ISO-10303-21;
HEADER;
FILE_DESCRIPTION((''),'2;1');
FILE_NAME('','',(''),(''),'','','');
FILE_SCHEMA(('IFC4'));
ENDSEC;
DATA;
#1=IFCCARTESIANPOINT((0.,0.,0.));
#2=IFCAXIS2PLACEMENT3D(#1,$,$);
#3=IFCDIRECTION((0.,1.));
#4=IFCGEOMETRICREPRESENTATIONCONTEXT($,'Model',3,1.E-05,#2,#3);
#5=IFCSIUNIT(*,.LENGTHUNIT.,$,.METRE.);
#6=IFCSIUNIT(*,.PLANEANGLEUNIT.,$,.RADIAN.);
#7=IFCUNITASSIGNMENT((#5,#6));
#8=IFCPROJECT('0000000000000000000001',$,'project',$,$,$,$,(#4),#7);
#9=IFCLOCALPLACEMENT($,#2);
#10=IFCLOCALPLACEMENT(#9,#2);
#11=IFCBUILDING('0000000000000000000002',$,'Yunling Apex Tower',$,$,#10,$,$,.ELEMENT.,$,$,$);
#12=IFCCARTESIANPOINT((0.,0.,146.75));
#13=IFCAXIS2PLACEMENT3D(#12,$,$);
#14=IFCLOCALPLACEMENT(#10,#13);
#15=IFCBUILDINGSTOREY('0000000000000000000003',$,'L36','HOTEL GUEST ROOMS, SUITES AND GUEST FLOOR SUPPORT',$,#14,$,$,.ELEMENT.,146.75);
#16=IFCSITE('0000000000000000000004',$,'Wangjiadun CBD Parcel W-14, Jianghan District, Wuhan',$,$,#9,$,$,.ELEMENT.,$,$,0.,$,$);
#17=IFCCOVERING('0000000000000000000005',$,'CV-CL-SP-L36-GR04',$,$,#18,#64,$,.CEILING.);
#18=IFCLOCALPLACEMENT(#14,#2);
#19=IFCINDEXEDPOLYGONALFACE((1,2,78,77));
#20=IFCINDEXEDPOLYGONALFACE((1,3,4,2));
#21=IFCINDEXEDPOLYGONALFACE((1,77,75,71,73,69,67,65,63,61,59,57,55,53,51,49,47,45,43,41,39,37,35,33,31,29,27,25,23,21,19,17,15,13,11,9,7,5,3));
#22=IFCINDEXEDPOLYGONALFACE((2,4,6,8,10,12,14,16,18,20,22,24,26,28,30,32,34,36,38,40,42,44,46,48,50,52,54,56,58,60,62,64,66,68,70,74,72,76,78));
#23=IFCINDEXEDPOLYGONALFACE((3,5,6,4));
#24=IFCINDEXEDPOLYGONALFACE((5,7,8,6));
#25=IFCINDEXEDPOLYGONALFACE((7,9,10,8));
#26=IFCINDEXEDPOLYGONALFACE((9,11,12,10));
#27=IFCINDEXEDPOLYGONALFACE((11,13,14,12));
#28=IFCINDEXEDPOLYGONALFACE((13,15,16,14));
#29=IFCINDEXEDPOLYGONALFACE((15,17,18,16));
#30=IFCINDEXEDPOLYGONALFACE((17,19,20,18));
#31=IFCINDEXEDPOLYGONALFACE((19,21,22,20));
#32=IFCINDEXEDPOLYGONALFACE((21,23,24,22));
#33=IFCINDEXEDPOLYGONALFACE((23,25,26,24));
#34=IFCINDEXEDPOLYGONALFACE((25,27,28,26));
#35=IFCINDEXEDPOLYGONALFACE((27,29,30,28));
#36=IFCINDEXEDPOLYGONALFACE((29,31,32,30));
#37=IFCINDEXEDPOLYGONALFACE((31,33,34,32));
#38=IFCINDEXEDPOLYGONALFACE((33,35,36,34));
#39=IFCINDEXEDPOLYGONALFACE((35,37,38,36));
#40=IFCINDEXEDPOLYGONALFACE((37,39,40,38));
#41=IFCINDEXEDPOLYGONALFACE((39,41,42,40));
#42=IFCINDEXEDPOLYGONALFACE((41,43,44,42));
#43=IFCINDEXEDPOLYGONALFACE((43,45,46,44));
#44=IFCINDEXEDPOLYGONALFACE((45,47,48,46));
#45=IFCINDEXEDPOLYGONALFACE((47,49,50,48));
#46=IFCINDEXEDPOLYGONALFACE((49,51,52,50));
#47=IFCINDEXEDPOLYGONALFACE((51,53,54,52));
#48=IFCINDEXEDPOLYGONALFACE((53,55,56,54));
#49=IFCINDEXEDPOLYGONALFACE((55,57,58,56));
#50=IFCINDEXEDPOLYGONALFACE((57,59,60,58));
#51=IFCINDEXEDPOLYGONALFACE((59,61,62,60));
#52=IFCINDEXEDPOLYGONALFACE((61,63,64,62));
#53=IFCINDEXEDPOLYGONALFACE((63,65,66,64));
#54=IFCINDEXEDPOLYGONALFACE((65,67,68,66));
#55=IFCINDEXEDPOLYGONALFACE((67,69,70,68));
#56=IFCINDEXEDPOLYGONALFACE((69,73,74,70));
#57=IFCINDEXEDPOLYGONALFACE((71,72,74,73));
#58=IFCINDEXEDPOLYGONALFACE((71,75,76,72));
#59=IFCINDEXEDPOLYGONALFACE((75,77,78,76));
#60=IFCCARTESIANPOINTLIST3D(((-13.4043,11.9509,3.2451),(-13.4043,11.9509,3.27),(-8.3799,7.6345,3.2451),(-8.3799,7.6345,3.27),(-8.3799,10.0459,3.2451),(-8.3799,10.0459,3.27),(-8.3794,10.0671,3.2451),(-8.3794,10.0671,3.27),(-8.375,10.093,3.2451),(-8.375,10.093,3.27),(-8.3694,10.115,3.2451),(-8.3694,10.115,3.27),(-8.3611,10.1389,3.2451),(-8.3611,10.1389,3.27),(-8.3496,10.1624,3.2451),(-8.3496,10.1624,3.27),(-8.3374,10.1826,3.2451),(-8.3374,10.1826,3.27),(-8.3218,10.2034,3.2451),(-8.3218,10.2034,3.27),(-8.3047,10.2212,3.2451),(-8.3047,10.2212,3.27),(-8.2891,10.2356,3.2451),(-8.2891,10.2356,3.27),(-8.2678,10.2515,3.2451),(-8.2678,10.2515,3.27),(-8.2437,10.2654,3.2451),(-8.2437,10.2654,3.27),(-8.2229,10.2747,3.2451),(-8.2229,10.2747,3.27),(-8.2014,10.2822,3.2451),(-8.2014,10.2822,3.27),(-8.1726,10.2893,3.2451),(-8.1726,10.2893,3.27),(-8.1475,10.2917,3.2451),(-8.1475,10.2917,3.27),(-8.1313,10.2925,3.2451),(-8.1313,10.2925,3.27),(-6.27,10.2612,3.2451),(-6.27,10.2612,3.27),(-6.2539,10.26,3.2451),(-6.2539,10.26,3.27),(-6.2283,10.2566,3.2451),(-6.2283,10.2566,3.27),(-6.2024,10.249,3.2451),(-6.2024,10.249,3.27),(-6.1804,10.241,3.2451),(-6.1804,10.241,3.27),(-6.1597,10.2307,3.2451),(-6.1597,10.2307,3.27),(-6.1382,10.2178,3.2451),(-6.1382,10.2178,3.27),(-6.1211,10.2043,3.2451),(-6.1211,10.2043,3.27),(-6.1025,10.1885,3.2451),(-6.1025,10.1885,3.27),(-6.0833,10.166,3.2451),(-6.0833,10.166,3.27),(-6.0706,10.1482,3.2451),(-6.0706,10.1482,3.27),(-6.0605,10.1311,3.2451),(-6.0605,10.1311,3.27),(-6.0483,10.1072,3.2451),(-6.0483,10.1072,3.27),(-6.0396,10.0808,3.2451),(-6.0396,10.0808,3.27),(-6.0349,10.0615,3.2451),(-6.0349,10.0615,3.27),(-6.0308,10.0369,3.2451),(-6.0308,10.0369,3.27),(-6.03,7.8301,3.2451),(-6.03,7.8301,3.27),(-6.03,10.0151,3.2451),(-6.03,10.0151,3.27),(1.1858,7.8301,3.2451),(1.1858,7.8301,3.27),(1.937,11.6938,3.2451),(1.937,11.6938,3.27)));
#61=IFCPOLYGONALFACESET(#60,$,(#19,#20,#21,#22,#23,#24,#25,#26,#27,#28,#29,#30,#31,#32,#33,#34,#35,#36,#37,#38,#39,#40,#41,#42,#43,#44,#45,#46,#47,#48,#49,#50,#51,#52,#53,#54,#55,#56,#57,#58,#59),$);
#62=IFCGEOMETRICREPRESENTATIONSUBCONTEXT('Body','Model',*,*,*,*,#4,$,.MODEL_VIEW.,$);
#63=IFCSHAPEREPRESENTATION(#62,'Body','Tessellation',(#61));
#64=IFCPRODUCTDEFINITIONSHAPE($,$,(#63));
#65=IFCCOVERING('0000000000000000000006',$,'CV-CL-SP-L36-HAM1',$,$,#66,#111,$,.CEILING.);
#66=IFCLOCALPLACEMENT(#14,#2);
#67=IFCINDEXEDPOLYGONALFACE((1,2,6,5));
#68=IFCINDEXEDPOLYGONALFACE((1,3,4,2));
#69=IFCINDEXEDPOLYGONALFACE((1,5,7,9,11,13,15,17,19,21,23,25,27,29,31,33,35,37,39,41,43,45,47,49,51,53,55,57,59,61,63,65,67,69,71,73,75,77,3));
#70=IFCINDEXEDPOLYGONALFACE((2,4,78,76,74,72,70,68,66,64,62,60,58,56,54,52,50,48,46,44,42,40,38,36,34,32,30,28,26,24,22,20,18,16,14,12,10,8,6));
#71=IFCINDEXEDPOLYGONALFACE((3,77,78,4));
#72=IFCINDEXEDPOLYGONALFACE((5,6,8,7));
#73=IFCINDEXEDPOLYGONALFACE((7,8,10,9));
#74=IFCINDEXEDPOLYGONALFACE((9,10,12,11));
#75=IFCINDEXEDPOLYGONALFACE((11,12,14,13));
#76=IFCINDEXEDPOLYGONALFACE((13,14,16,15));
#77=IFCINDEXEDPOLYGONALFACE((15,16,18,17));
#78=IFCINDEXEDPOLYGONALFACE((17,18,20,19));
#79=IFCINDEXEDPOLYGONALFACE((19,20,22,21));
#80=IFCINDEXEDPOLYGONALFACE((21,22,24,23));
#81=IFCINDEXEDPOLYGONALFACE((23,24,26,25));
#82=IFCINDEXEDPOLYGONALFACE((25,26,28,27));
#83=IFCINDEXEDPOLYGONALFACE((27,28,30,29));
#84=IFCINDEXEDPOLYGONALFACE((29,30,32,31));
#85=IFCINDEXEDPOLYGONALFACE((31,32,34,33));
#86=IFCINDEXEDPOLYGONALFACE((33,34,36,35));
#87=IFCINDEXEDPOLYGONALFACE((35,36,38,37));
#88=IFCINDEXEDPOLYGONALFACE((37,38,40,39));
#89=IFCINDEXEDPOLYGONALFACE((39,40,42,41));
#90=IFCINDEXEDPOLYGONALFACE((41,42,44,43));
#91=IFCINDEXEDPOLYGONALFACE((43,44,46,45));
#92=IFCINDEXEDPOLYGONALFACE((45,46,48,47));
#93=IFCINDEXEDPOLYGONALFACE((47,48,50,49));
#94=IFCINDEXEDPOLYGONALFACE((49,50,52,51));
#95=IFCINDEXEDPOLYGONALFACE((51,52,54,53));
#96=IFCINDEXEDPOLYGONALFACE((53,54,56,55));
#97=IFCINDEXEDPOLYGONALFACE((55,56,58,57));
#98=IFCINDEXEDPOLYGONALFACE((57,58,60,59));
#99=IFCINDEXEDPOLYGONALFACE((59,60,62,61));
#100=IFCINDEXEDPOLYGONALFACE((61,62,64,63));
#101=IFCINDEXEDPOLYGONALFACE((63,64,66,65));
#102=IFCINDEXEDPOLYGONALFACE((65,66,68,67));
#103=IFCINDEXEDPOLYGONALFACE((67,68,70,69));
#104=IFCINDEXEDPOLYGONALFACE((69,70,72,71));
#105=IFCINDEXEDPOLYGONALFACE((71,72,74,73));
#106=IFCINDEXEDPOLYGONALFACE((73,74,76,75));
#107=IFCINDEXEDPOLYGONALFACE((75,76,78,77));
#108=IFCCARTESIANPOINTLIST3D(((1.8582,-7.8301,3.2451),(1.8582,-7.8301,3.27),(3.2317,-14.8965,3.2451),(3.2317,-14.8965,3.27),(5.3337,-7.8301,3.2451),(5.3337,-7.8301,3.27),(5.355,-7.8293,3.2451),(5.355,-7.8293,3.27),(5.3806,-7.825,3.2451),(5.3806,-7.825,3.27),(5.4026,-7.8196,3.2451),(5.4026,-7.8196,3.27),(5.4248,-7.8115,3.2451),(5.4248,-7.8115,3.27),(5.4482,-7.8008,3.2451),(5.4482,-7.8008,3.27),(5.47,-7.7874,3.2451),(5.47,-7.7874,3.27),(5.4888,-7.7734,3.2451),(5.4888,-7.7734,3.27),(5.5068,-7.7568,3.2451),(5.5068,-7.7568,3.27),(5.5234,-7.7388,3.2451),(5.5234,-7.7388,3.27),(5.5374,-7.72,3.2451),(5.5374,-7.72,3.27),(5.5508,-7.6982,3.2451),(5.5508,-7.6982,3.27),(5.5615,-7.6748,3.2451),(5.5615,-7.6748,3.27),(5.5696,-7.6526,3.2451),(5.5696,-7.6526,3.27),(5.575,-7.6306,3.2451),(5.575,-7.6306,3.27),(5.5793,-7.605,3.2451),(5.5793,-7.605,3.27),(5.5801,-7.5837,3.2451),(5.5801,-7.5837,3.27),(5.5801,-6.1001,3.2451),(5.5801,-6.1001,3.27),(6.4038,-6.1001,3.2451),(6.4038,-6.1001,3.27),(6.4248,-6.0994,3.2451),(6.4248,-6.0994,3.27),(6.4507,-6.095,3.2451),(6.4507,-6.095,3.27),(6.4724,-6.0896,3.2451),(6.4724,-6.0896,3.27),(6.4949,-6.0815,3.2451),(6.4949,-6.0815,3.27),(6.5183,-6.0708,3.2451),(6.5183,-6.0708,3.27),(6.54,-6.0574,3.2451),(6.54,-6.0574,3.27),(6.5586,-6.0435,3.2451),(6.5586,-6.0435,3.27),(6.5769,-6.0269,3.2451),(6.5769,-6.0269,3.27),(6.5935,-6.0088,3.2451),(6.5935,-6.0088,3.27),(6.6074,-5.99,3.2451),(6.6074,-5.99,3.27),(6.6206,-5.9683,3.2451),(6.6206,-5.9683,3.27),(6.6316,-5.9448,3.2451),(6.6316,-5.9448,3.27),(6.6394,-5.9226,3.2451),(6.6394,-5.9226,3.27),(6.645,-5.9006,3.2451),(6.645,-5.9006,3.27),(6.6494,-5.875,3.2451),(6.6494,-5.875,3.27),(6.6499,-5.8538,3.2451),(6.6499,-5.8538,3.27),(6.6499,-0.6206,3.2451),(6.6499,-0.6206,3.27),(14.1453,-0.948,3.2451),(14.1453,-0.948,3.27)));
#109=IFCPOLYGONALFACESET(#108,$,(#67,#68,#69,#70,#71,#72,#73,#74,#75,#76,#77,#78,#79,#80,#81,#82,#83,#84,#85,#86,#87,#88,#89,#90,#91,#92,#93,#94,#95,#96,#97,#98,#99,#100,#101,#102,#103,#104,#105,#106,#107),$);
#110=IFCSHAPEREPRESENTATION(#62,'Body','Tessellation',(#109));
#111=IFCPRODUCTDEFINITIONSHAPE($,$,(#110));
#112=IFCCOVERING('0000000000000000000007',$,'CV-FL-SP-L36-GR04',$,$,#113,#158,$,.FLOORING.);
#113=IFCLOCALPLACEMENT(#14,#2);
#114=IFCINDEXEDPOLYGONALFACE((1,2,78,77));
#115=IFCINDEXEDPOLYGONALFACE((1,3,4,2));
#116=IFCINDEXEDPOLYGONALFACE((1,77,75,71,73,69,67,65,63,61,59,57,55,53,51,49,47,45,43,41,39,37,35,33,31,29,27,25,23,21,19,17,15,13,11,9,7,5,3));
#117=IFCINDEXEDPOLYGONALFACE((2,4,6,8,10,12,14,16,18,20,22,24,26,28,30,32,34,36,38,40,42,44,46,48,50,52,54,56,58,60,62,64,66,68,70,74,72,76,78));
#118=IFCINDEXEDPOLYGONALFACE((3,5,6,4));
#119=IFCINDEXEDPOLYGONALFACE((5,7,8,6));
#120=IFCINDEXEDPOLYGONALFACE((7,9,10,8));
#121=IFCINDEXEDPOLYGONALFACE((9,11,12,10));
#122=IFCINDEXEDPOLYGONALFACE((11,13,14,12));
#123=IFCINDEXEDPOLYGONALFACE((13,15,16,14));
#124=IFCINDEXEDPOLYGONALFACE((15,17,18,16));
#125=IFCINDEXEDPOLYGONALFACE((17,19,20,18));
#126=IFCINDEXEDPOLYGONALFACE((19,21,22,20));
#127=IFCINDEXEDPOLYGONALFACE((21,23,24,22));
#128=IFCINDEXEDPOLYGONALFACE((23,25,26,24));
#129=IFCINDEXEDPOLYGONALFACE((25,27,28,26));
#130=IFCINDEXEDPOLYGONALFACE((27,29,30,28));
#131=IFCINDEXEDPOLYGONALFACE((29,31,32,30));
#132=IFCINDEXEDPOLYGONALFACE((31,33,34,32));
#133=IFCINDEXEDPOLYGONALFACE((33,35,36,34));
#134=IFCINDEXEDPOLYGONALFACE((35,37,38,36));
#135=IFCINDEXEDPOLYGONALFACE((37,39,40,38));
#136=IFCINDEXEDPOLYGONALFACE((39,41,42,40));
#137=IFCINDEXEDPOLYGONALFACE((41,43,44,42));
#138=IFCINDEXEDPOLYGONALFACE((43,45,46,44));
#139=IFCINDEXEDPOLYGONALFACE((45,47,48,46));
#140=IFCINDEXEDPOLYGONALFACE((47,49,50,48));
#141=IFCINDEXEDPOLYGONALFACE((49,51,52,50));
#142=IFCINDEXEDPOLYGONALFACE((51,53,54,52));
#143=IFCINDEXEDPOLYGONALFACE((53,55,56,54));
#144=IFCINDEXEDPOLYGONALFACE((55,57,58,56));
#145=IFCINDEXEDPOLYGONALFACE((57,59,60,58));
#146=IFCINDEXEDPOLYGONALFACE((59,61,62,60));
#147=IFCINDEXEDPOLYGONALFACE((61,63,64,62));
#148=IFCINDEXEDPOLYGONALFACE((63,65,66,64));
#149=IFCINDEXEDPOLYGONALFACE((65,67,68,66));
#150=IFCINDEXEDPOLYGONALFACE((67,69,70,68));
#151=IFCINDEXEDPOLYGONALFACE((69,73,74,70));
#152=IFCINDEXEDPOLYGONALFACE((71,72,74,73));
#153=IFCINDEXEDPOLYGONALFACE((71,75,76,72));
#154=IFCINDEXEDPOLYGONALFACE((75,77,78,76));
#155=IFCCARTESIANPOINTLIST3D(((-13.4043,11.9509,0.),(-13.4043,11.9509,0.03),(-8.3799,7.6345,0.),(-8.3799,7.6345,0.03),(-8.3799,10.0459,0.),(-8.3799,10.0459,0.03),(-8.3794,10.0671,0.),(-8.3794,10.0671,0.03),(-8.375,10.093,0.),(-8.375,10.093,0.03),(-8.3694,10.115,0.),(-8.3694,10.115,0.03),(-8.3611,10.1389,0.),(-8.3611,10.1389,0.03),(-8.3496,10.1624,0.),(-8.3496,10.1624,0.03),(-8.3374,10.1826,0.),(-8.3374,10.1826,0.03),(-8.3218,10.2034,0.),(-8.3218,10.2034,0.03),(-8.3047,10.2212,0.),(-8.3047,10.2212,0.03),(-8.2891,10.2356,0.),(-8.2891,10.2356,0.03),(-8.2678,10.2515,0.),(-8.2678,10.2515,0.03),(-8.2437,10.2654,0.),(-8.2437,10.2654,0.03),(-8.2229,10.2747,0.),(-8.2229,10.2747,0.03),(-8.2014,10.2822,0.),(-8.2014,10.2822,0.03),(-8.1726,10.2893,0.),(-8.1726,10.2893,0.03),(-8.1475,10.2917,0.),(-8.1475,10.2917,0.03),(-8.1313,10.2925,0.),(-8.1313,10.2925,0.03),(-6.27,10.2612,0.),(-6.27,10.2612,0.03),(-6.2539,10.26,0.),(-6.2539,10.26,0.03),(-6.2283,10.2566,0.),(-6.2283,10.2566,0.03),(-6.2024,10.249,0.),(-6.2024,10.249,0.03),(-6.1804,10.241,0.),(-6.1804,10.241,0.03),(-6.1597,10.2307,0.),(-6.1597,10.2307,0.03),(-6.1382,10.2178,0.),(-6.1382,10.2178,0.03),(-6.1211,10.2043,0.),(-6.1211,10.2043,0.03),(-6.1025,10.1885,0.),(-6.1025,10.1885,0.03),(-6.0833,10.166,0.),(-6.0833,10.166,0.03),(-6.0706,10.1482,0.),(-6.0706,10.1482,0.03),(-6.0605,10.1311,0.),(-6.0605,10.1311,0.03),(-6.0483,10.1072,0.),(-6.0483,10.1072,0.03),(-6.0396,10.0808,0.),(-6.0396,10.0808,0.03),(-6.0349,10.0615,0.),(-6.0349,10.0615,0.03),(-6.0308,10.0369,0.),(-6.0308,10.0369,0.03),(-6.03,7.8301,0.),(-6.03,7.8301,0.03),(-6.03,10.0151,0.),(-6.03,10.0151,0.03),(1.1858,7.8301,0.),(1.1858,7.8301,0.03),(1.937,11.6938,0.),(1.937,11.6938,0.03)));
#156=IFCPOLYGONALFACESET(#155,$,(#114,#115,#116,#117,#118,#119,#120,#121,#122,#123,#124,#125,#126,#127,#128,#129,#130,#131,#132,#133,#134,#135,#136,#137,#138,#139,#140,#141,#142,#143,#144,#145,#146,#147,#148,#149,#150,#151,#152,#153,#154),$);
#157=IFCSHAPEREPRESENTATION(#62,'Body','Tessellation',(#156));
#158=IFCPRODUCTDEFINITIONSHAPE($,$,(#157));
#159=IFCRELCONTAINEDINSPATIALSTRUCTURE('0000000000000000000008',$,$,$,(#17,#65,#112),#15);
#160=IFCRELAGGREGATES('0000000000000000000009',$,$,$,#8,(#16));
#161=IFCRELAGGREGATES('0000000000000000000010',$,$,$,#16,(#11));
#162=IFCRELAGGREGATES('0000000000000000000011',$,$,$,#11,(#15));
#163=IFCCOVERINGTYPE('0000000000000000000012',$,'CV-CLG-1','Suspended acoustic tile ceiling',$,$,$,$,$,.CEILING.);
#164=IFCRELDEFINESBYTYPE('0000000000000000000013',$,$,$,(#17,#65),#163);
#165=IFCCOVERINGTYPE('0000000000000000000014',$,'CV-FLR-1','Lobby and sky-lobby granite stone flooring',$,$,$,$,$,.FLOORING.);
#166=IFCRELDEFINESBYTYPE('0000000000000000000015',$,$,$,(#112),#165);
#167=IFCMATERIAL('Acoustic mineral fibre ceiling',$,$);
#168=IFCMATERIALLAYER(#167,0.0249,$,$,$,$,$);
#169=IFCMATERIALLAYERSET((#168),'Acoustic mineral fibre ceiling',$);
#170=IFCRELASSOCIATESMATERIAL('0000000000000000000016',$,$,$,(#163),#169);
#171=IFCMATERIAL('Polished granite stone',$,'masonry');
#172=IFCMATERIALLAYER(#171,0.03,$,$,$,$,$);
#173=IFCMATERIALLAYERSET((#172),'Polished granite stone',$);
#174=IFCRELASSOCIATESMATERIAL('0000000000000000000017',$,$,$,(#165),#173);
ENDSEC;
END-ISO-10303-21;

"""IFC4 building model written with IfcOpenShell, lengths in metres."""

from ifc_helpers import new_model, si_unit, direction, frame, origin, place, context, subcontext, project, spatial, polyline, outline, extrude, material, layer, layer_set, type_object, element, save


model = new_model("IFC4")

# Units and contexts
model_context = context("Model", 3, precision=1e-05, world=origin(), true_north=direction((0.0, 1.0)))
body_context = subcontext(model_context, "Body", "Model", "MODEL_VIEW")
ifc_project = project(units=[si_unit("LENGTHUNIT", "METRE"), si_unit("PLANEANGLEUNIT", "RADIAN")], contexts=[model_context])

# Site, building, storey
site_placement = place(None, origin())
site = spatial("IfcSite", under=ifc_project, at=site_placement, Name="Wangjiadun CBD Parcel W-14, Jianghan District, Wuhan", CompositionType="ELEMENT", RefElevation=0.0)
building_placement = place(site_placement, origin())
building = spatial("IfcBuilding", under=site, at=building_placement, Name="Yunling Apex Tower", CompositionType="ELEMENT")
storey_placement = place(building_placement, frame((0.0, 0.0, 146.75)))
storey = spatial("IfcBuildingStorey", under=building, at=storey_placement, Name="L36", Description="HOTEL GUEST ROOMS, SUITES AND GUEST FLOOR SUPPORT", CompositionType="ELEMENT", Elevation=146.75)

# Coverings
ifc_material_1 = material(Name="Acoustic mineral fibre ceiling")
ifc_layer_1 = layer(ifc_material_1, 0.0249)
ifc_layer_set_1 = layer_set([ifc_layer_1], Name="Acoustic mineral fibre ceiling")
covering_type_1 = type_object("IfcCoveringType", Name="CV-CLG-1", Description="Suspended acoustic tile ceiling", PredefinedType="CEILING", material=ifc_layer_set_1)
covering_1_placement = place(storey_placement, frame((0.0, 0.0, 3.2451)))
element("IfcCovering", 1, at=covering_1_placement, inside=storey, type_object=covering_type_1, Name="CV-CL-SP-L36-GR04", PredefinedType="CEILING", context=body_context, shape_type="SweptSolid", body=[
    extrude(outline(polyline([(1.937, 11.6938), (1.1858, 7.8301), (-6.03, 7.8301), (-6.03, 10.0151), (-6.0308, 10.0369), (-6.0349, 10.0615), (-6.0396, 10.0808), (-6.0483, 10.1072), (-6.0605, 10.1311), (-6.0706, 10.1482), (-6.0833, 10.166), (-6.1025, 10.1885), (-6.1211, 10.2043), (-6.1382, 10.2178), (-6.1597, 10.2307), (-6.1804, 10.241), (-6.2024, 10.249), (-6.2283, 10.2566), (-6.2539, 10.26), (-6.27, 10.2612), (-8.1313, 10.2925), (-8.1475, 10.2917), (-8.1726, 10.2893), (-8.2014, 10.2822), (-8.2229, 10.2747), (-8.2437, 10.2654), (-8.2678, 10.2515), (-8.2891, 10.2356), (-8.3047, 10.2212), (-8.3218, 10.2034), (-8.3374, 10.1826), (-8.3496, 10.1624), (-8.3611, 10.1389), (-8.3694, 10.115), (-8.375, 10.093), (-8.3794, 10.0671), (-8.3799, 10.0459), (-8.3799, 7.6345), (-13.4043, 11.9509), (1.937, 11.6938)])), origin(), (0.0, 0.0, 1.0), 0.0249),
])
covering_2_placement = place(storey_placement, frame((0.0, 0.0, 3.2451)))
element("IfcCovering", 2, at=covering_2_placement, inside=storey, type_object=covering_type_1, Name="CV-CL-SP-L36-HAM1", PredefinedType="CEILING", context=body_context, shape_type="SweptSolid", body=[
    extrude(outline(polyline([(14.1453, -0.948), (3.2317, -14.8965), (1.8582, -7.8301), (5.3337, -7.8301), (5.355, -7.8293), (5.3806, -7.825), (5.4026, -7.8196), (5.4248, -7.8115), (5.4482, -7.8008), (5.47, -7.7874), (5.4888, -7.7734), (5.5068, -7.7568), (5.5234, -7.7388), (5.5374, -7.72), (5.5508, -7.6982), (5.5615, -7.6748), (5.5696, -7.6526), (5.575, -7.6306), (5.5793, -7.605), (5.5801, -7.5837), (5.5801, -6.1001), (6.4038, -6.1001), (6.4248, -6.0994), (6.4507, -6.095), (6.4724, -6.0896), (6.4949, -6.0815), (6.5183, -6.0708), (6.54, -6.0574), (6.5586, -6.0435), (6.5769, -6.0269), (6.5935, -6.0088), (6.6074, -5.99), (6.6206, -5.9683), (6.6316, -5.9448), (6.6394, -5.9226), (6.645, -5.9006), (6.6494, -5.875), (6.6499, -5.8538), (6.6499, -0.6206), (14.1453, -0.948)])), origin(), (0.0, 0.0, 1.0), 0.0249),
])
ifc_material_2 = material(Name="Polished granite stone", Category="masonry")
ifc_layer_2 = layer(ifc_material_2, 0.03)
ifc_layer_set_2 = layer_set([ifc_layer_2], Name="Polished granite stone")
covering_type_2 = type_object("IfcCoveringType", Name="CV-FLR-1", Description="Lobby and sky-lobby granite stone flooring", PredefinedType="FLOORING", material=ifc_layer_set_2)
covering_3_placement = place(storey_placement, origin())
element("IfcCovering", 3, at=covering_3_placement, inside=storey, type_object=covering_type_2, Name="CV-FL-SP-L36-GR04", PredefinedType="FLOORING", context=body_context, shape_type="SweptSolid", body=[
    extrude(outline(polyline([(1.937, 11.6938), (1.1858, 7.8301), (-6.03, 7.8301), (-6.03, 10.0151), (-6.0308, 10.0369), (-6.0349, 10.0615), (-6.0396, 10.0808), (-6.0483, 10.1072), (-6.0605, 10.1311), (-6.0706, 10.1482), (-6.0833, 10.166), (-6.1025, 10.1885), (-6.1211, 10.2043), (-6.1382, 10.2178), (-6.1597, 10.2307), (-6.1804, 10.241), (-6.2024, 10.249), (-6.2283, 10.2566), (-6.2539, 10.26), (-6.27, 10.2612), (-8.1313, 10.2925), (-8.1475, 10.2917), (-8.1726, 10.2893), (-8.2014, 10.2822), (-8.2229, 10.2747), (-8.2437, 10.2654), (-8.2678, 10.2515), (-8.2891, 10.2356), (-8.3047, 10.2212), (-8.3218, 10.2034), (-8.3374, 10.1826), (-8.3496, 10.1624), (-8.3611, 10.1389), (-8.3694, 10.115), (-8.375, 10.093), (-8.3794, 10.0671), (-8.3799, 10.0459), (-8.3799, 7.6345), (-13.4043, 11.9509), (1.937, 11.6938)])), origin(), (0.0, 0.0, 1.0), 0.03),
])

save(model, "model.ifc")
